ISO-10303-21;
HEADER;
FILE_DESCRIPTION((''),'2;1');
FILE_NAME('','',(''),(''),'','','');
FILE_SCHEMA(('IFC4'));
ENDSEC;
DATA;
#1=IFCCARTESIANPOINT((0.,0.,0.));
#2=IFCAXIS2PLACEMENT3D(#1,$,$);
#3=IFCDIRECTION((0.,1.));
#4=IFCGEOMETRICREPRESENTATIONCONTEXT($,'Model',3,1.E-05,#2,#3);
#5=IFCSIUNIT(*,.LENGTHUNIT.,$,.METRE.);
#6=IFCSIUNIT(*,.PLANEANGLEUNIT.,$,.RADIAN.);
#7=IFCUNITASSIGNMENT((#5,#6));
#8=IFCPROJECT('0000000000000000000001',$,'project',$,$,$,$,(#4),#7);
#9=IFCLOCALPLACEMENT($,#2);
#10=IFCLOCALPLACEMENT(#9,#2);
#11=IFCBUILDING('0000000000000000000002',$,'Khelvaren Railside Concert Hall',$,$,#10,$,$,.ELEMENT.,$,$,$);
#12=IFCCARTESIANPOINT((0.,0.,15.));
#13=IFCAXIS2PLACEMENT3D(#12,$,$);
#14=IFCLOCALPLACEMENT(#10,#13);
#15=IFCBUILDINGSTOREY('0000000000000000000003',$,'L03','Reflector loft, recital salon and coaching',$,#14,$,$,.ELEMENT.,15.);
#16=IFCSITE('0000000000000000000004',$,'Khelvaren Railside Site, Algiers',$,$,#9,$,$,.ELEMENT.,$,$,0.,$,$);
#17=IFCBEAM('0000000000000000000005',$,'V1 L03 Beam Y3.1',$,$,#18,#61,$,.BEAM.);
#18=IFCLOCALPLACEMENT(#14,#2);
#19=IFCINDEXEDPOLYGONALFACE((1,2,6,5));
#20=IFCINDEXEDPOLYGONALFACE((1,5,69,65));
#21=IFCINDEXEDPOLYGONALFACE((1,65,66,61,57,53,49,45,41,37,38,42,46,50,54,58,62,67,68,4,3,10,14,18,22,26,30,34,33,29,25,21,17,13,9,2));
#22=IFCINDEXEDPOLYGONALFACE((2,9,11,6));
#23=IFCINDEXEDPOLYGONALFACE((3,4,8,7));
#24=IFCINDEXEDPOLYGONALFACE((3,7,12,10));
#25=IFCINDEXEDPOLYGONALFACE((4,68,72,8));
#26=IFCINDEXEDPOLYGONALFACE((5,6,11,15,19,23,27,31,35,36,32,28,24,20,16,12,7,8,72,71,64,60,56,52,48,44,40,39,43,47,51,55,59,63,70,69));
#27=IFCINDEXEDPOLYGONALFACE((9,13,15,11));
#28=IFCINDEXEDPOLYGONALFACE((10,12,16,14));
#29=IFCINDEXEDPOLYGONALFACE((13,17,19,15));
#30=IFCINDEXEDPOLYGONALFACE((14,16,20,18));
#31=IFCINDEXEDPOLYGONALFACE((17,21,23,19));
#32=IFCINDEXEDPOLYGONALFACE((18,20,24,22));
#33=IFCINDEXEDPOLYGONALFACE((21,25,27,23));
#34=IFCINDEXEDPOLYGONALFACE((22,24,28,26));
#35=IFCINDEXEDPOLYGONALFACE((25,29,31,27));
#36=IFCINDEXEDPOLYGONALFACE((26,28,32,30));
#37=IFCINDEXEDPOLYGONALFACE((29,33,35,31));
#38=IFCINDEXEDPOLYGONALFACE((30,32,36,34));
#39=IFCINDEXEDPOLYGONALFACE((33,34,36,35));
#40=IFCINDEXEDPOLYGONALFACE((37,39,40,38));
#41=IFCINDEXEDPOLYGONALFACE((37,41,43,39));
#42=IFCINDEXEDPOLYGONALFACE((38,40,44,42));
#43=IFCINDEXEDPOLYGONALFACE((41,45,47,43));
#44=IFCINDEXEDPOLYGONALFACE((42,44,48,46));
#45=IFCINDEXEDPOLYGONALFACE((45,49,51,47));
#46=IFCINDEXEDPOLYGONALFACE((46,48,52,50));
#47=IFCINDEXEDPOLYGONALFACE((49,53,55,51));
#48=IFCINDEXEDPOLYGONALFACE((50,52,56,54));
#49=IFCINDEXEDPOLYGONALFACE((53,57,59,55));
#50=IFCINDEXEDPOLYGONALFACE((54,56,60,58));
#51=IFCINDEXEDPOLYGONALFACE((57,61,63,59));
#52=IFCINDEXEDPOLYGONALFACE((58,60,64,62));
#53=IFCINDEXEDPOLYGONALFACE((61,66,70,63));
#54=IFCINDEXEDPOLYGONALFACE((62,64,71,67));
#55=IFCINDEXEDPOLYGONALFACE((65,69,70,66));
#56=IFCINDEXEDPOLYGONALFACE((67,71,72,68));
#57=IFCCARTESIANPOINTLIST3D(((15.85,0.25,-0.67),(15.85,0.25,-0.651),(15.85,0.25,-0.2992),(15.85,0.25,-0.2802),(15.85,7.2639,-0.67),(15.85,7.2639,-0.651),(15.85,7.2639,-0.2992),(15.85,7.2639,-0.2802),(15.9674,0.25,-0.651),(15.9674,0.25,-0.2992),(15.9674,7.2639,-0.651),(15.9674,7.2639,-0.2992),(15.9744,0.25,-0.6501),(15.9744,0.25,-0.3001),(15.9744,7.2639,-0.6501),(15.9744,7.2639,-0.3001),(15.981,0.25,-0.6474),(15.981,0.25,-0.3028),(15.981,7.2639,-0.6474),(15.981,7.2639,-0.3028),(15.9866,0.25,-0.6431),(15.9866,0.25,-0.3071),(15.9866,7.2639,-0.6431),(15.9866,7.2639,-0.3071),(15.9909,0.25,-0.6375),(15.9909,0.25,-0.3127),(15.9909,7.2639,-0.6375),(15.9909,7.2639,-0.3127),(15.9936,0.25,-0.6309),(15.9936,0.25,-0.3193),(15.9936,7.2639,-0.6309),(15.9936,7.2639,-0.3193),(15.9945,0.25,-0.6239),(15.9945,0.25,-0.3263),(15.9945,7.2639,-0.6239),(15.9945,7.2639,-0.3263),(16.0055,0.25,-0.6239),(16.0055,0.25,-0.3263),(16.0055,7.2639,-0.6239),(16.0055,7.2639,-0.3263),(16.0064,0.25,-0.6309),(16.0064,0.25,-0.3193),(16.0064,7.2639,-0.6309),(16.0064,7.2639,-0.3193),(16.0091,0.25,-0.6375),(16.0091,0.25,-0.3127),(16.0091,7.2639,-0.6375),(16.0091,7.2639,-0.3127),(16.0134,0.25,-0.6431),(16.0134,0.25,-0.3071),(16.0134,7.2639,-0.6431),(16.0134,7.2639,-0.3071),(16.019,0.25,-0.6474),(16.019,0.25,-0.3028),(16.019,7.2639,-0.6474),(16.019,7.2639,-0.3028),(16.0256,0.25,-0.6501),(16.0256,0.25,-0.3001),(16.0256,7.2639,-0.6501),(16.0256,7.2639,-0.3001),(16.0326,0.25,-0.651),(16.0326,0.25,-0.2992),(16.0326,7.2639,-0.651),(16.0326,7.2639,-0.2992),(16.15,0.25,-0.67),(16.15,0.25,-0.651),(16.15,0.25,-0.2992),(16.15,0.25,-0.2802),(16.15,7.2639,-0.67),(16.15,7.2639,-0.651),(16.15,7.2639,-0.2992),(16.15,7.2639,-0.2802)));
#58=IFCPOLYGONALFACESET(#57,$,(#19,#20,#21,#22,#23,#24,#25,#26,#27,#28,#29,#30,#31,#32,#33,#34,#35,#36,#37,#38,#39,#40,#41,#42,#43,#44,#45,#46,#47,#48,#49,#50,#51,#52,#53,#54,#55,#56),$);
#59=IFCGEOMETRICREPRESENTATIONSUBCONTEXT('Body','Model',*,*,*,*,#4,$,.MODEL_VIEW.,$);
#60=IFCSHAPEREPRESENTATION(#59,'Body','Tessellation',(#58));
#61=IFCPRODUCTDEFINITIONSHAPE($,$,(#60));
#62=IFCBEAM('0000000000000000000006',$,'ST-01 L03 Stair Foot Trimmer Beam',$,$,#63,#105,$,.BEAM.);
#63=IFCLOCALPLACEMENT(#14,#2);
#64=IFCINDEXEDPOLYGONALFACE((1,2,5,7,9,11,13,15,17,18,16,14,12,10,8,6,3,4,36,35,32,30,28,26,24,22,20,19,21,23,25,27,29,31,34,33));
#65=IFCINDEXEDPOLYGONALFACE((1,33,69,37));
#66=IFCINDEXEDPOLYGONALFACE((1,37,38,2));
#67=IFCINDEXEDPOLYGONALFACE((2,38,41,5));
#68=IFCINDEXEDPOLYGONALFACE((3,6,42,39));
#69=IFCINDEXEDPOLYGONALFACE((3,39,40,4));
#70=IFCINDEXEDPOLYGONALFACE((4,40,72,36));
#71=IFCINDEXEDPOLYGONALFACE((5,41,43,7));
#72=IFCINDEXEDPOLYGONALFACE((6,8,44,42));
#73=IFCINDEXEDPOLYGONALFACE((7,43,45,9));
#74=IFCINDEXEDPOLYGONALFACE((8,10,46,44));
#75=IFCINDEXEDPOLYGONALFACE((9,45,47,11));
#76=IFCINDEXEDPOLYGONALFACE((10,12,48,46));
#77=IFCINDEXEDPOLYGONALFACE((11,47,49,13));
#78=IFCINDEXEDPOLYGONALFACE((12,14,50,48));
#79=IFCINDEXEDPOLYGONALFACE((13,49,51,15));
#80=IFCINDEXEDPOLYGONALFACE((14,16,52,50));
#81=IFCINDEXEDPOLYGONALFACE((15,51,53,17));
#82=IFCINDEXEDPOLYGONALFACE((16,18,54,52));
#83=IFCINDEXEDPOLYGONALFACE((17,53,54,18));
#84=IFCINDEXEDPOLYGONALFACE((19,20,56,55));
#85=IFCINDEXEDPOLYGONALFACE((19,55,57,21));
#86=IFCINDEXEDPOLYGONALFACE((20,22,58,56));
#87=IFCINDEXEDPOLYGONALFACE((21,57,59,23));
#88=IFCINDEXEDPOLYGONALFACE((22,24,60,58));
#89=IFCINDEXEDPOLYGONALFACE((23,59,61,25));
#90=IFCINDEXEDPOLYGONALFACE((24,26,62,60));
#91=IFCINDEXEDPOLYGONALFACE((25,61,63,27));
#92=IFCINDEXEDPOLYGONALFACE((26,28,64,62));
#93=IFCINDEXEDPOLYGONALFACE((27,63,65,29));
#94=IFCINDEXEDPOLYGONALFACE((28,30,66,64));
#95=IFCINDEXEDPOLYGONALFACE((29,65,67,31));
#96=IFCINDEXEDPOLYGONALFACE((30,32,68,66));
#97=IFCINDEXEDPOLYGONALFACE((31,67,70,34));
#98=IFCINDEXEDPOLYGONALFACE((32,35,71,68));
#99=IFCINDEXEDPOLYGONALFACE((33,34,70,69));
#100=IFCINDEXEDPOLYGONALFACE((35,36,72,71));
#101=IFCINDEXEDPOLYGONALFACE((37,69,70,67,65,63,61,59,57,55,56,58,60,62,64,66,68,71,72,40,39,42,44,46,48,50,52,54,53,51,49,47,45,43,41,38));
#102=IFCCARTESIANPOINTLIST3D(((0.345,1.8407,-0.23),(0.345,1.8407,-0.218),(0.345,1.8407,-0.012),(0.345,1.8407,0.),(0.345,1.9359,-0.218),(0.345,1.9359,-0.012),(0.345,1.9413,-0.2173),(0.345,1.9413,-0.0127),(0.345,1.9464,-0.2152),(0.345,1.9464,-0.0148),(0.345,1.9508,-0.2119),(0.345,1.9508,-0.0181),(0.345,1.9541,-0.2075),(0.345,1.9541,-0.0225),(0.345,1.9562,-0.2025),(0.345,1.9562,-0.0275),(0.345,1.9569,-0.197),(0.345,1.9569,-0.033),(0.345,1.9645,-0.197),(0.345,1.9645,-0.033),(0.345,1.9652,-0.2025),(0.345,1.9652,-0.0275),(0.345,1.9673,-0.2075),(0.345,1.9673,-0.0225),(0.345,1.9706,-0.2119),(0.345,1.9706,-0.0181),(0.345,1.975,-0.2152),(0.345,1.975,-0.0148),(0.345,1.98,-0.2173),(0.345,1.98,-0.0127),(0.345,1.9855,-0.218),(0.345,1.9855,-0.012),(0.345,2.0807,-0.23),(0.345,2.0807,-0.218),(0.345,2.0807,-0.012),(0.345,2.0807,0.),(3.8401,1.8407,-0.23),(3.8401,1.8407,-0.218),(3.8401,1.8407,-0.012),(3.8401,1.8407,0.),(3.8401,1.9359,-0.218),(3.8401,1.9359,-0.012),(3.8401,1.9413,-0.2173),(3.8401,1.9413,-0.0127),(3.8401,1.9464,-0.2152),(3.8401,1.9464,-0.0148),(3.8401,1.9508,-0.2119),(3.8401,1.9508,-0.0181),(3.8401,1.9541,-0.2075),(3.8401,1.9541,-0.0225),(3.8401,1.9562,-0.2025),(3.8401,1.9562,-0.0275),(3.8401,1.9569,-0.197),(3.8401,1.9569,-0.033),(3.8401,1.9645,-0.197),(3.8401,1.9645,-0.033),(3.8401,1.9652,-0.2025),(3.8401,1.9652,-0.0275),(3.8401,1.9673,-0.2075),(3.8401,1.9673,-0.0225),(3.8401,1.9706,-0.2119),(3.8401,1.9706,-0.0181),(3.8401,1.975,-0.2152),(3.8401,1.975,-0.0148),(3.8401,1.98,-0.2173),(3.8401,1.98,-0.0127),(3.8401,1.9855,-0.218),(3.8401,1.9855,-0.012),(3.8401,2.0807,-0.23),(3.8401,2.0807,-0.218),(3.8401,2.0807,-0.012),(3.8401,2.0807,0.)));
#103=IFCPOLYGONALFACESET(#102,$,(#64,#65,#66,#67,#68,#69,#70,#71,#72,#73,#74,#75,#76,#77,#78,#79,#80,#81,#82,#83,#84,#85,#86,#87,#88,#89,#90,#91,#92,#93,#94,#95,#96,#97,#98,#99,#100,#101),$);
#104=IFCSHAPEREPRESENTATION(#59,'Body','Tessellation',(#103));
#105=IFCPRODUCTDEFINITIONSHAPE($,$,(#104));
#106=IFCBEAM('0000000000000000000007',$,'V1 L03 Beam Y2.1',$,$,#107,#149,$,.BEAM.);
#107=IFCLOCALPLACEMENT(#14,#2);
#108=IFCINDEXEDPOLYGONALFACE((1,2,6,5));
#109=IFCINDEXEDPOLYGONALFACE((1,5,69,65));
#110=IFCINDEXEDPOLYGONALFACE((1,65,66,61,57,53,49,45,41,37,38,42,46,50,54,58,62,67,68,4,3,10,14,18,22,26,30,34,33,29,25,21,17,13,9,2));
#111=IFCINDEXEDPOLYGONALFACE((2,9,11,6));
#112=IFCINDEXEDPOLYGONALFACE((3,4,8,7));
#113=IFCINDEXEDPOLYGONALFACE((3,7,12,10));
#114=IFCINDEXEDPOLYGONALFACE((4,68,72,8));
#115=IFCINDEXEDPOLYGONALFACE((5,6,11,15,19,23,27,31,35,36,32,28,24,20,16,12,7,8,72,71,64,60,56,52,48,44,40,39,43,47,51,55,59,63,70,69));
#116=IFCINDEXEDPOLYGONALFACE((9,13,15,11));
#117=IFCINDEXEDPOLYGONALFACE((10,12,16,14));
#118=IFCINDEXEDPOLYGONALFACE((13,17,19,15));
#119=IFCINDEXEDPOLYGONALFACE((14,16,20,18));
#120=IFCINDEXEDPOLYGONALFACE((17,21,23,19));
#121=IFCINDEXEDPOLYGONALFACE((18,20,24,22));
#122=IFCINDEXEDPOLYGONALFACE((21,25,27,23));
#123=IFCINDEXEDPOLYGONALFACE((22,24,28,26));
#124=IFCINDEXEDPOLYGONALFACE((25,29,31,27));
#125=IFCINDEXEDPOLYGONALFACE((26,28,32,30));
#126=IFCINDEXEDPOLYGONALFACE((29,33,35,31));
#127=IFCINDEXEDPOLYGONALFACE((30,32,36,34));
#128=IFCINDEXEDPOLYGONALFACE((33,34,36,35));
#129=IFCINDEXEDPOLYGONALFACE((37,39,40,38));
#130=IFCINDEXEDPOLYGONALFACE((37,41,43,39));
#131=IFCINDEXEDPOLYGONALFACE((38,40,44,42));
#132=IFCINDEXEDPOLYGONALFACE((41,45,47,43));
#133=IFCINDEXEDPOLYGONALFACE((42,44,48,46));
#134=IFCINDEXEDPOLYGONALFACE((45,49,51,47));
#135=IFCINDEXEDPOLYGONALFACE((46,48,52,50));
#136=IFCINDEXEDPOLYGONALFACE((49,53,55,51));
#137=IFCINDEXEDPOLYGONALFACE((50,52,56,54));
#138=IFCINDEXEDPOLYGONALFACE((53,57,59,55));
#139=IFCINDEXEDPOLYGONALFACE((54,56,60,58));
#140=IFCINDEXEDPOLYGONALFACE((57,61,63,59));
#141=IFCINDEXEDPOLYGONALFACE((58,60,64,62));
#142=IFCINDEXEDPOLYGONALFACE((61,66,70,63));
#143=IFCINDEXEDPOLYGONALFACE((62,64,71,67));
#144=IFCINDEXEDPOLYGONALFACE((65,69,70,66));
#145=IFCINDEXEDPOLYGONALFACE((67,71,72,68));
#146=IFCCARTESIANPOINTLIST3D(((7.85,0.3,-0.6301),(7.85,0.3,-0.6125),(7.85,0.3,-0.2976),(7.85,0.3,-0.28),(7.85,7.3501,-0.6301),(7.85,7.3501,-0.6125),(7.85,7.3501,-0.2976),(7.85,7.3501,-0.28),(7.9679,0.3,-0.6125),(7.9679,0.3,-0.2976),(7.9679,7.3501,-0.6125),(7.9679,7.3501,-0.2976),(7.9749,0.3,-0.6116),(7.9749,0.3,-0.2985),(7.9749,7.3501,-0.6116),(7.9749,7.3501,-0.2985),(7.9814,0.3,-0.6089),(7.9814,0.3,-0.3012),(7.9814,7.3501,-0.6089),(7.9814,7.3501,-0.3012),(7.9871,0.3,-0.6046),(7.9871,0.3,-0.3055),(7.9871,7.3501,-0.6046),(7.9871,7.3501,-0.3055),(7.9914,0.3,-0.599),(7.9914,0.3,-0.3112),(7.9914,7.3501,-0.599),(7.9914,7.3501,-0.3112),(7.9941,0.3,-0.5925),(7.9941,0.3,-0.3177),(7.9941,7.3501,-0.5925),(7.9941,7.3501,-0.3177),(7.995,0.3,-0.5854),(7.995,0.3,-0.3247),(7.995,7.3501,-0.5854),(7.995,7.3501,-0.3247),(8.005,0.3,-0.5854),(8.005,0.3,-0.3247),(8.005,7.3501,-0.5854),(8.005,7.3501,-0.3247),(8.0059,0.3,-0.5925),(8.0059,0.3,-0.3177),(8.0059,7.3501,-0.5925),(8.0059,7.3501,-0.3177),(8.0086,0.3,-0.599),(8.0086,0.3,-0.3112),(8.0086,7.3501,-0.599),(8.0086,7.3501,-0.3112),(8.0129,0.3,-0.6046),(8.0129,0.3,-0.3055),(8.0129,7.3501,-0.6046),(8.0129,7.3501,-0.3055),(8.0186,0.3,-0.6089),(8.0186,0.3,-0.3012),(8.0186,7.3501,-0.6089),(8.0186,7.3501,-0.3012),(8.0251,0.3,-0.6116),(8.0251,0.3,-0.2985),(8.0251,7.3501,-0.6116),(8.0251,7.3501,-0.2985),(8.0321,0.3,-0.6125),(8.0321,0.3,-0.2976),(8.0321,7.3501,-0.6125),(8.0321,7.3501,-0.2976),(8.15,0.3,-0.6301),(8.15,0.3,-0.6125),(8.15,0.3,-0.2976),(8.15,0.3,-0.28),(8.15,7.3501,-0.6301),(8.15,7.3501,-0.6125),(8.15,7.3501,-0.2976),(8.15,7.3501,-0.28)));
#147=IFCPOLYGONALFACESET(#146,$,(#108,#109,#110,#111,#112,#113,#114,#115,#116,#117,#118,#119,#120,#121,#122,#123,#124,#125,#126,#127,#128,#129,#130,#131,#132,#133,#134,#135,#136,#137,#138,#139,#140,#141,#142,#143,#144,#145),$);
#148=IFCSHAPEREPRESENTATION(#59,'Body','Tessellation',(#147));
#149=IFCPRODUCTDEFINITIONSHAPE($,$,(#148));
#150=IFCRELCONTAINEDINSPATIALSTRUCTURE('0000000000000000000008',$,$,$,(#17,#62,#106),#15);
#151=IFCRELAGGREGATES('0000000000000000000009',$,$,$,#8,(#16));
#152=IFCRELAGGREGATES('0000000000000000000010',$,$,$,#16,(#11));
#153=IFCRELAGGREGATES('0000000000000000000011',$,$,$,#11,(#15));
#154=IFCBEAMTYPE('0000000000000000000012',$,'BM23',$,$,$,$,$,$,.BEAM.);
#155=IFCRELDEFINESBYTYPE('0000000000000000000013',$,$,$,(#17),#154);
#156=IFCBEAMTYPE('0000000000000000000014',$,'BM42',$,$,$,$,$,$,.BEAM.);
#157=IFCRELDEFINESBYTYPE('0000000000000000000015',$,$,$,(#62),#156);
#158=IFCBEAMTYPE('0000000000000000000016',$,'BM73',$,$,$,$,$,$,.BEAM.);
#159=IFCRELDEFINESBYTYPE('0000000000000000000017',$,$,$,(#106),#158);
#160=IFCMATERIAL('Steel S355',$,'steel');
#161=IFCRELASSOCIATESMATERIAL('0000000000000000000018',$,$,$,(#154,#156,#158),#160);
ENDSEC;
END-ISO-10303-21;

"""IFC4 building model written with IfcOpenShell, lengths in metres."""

from ifc_helpers import new_model, si_unit, direction, frame, origin, origin_2d, place, context, subcontext, project, spatial, i_section, extrude, material, material_profile, profile_set, type_object, element, save


model = new_model("IFC4")

# Units and contexts
model_context = context("Model", 3, precision=1e-05, world=origin(), true_north=direction((0.0, 1.0)))
body_context = subcontext(model_context, "Body", "Model", "MODEL_VIEW")
ifc_project = project(units=[si_unit("LENGTHUNIT", "METRE"), si_unit("PLANEANGLEUNIT", "RADIAN")], contexts=[model_context])

# Site, building, storey
site_placement = place(None, origin())
site = spatial("IfcSite", under=ifc_project, at=site_placement, Name="Khelvaren Railside Site, Algiers", CompositionType="ELEMENT", RefElevation=0.0)
building_placement = place(site_placement, origin())
building = spatial("IfcBuilding", under=site, at=building_placement, Name="Khelvaren Railside Concert Hall", CompositionType="ELEMENT")
storey_placement = place(building_placement, frame((0.0, 0.0, 15.0)))
storey = spatial("IfcBuildingStorey", under=building, at=storey_placement, Name="L03", Description="Reflector loft, recital salon and coaching", CompositionType="ELEMENT", Elevation=15.0)

# Beams
ifc_material_1 = material(Name="Steel S355", Category="steel")
ifc_material_profile_1 = material_profile(ifc_material_1, i_section(OverallWidth=0.3, OverallDepth=0.3899, WebThickness=0.011, FlangeThickness=0.019, FilletRadius=0.0271, at=origin_2d()), Name="HEA 400")
ifc_profile_set_1 = profile_set([ifc_material_profile_1], Name="Steel S355")
beam_type_1 = type_object("IfcBeamType", Name="BM23", PredefinedType="BEAM", material=ifc_profile_set_1)
beam_1_placement = place(storey_placement, frame((16.0, 0.25, -0.4751), z_axis=(0.0, 1.0, 0.0), x_axis=(-1.0, 0.0, 0.0)))
element("IfcBeam", 1, at=beam_1_placement, inside=storey, type_object=beam_type_1, Name="V1 L03 Beam Y3.1", PredefinedType="BEAM", context=body_context, shape_type="SweptSolid", body=[
    extrude(i_section(OverallWidth=0.3, OverallDepth=0.3899, WebThickness=0.011, FlangeThickness=0.019, FilletRadius=0.0271, at=origin_2d()), origin(), (0.0, 0.0, 1.0), 7.0139),
])
ifc_material_profile_2 = material_profile(ifc_material_1, i_section(OverallWidth=0.24, OverallDepth=0.23, WebThickness=0.0076, FlangeThickness=0.012, FilletRadius=0.021, at=origin_2d()), Name="HEA 240")
ifc_profile_set_2 = profile_set([ifc_material_profile_2], Name="Steel S355")
beam_type_2 = type_object("IfcBeamType", Name="BM42", PredefinedType="BEAM", material=ifc_profile_set_2)
beam_2_placement = place(storey_placement, frame((0.345, 1.9607, -0.115), z_axis=(1.0, 0.0, 0.0), x_axis=(0.0, 1.0, 0.0)))
element("IfcBeam", 2, at=beam_2_placement, inside=storey, type_object=beam_type_2, Name="ST-01 L03 Stair Foot Trimmer Beam", PredefinedType="BEAM", context=body_context, shape_type="SweptSolid", body=[
    extrude(i_section(OverallWidth=0.24, OverallDepth=0.23, WebThickness=0.0076, FlangeThickness=0.012, FilletRadius=0.021, at=origin_2d()), origin(), (0.0, 0.0, 1.0), 3.4951),
])
ifc_material_profile_3 = material_profile(ifc_material_1, i_section(OverallWidth=0.3, OverallDepth=0.3501, WebThickness=0.01, FlangeThickness=0.0176, FilletRadius=0.0271, at=origin_2d()), Name="HEA 360")
ifc_profile_set_3 = profile_set([ifc_material_profile_3], Name="Steel S355")
beam_type_3 = type_object("IfcBeamType", Name="BM73", PredefinedType="BEAM", material=ifc_profile_set_3)
beam_3_placement = place(storey_placement, frame((8.0, 0.3, -0.4551), z_axis=(0.0, 1.0, 0.0), x_axis=(-1.0, 0.0, 0.0)))
element("IfcBeam", 3, at=beam_3_placement, inside=storey, type_object=beam_type_3, Name="V1 L03 Beam Y2.1", PredefinedType="BEAM", context=body_context, shape_type="SweptSolid", body=[
    extrude(i_section(OverallWidth=0.3, OverallDepth=0.3501, WebThickness=0.01, FlangeThickness=0.0176, FilletRadius=0.0271, at=origin_2d()), origin(), (0.0, 0.0, 1.0), 7.05),
])

save(model, "model.ifc")
